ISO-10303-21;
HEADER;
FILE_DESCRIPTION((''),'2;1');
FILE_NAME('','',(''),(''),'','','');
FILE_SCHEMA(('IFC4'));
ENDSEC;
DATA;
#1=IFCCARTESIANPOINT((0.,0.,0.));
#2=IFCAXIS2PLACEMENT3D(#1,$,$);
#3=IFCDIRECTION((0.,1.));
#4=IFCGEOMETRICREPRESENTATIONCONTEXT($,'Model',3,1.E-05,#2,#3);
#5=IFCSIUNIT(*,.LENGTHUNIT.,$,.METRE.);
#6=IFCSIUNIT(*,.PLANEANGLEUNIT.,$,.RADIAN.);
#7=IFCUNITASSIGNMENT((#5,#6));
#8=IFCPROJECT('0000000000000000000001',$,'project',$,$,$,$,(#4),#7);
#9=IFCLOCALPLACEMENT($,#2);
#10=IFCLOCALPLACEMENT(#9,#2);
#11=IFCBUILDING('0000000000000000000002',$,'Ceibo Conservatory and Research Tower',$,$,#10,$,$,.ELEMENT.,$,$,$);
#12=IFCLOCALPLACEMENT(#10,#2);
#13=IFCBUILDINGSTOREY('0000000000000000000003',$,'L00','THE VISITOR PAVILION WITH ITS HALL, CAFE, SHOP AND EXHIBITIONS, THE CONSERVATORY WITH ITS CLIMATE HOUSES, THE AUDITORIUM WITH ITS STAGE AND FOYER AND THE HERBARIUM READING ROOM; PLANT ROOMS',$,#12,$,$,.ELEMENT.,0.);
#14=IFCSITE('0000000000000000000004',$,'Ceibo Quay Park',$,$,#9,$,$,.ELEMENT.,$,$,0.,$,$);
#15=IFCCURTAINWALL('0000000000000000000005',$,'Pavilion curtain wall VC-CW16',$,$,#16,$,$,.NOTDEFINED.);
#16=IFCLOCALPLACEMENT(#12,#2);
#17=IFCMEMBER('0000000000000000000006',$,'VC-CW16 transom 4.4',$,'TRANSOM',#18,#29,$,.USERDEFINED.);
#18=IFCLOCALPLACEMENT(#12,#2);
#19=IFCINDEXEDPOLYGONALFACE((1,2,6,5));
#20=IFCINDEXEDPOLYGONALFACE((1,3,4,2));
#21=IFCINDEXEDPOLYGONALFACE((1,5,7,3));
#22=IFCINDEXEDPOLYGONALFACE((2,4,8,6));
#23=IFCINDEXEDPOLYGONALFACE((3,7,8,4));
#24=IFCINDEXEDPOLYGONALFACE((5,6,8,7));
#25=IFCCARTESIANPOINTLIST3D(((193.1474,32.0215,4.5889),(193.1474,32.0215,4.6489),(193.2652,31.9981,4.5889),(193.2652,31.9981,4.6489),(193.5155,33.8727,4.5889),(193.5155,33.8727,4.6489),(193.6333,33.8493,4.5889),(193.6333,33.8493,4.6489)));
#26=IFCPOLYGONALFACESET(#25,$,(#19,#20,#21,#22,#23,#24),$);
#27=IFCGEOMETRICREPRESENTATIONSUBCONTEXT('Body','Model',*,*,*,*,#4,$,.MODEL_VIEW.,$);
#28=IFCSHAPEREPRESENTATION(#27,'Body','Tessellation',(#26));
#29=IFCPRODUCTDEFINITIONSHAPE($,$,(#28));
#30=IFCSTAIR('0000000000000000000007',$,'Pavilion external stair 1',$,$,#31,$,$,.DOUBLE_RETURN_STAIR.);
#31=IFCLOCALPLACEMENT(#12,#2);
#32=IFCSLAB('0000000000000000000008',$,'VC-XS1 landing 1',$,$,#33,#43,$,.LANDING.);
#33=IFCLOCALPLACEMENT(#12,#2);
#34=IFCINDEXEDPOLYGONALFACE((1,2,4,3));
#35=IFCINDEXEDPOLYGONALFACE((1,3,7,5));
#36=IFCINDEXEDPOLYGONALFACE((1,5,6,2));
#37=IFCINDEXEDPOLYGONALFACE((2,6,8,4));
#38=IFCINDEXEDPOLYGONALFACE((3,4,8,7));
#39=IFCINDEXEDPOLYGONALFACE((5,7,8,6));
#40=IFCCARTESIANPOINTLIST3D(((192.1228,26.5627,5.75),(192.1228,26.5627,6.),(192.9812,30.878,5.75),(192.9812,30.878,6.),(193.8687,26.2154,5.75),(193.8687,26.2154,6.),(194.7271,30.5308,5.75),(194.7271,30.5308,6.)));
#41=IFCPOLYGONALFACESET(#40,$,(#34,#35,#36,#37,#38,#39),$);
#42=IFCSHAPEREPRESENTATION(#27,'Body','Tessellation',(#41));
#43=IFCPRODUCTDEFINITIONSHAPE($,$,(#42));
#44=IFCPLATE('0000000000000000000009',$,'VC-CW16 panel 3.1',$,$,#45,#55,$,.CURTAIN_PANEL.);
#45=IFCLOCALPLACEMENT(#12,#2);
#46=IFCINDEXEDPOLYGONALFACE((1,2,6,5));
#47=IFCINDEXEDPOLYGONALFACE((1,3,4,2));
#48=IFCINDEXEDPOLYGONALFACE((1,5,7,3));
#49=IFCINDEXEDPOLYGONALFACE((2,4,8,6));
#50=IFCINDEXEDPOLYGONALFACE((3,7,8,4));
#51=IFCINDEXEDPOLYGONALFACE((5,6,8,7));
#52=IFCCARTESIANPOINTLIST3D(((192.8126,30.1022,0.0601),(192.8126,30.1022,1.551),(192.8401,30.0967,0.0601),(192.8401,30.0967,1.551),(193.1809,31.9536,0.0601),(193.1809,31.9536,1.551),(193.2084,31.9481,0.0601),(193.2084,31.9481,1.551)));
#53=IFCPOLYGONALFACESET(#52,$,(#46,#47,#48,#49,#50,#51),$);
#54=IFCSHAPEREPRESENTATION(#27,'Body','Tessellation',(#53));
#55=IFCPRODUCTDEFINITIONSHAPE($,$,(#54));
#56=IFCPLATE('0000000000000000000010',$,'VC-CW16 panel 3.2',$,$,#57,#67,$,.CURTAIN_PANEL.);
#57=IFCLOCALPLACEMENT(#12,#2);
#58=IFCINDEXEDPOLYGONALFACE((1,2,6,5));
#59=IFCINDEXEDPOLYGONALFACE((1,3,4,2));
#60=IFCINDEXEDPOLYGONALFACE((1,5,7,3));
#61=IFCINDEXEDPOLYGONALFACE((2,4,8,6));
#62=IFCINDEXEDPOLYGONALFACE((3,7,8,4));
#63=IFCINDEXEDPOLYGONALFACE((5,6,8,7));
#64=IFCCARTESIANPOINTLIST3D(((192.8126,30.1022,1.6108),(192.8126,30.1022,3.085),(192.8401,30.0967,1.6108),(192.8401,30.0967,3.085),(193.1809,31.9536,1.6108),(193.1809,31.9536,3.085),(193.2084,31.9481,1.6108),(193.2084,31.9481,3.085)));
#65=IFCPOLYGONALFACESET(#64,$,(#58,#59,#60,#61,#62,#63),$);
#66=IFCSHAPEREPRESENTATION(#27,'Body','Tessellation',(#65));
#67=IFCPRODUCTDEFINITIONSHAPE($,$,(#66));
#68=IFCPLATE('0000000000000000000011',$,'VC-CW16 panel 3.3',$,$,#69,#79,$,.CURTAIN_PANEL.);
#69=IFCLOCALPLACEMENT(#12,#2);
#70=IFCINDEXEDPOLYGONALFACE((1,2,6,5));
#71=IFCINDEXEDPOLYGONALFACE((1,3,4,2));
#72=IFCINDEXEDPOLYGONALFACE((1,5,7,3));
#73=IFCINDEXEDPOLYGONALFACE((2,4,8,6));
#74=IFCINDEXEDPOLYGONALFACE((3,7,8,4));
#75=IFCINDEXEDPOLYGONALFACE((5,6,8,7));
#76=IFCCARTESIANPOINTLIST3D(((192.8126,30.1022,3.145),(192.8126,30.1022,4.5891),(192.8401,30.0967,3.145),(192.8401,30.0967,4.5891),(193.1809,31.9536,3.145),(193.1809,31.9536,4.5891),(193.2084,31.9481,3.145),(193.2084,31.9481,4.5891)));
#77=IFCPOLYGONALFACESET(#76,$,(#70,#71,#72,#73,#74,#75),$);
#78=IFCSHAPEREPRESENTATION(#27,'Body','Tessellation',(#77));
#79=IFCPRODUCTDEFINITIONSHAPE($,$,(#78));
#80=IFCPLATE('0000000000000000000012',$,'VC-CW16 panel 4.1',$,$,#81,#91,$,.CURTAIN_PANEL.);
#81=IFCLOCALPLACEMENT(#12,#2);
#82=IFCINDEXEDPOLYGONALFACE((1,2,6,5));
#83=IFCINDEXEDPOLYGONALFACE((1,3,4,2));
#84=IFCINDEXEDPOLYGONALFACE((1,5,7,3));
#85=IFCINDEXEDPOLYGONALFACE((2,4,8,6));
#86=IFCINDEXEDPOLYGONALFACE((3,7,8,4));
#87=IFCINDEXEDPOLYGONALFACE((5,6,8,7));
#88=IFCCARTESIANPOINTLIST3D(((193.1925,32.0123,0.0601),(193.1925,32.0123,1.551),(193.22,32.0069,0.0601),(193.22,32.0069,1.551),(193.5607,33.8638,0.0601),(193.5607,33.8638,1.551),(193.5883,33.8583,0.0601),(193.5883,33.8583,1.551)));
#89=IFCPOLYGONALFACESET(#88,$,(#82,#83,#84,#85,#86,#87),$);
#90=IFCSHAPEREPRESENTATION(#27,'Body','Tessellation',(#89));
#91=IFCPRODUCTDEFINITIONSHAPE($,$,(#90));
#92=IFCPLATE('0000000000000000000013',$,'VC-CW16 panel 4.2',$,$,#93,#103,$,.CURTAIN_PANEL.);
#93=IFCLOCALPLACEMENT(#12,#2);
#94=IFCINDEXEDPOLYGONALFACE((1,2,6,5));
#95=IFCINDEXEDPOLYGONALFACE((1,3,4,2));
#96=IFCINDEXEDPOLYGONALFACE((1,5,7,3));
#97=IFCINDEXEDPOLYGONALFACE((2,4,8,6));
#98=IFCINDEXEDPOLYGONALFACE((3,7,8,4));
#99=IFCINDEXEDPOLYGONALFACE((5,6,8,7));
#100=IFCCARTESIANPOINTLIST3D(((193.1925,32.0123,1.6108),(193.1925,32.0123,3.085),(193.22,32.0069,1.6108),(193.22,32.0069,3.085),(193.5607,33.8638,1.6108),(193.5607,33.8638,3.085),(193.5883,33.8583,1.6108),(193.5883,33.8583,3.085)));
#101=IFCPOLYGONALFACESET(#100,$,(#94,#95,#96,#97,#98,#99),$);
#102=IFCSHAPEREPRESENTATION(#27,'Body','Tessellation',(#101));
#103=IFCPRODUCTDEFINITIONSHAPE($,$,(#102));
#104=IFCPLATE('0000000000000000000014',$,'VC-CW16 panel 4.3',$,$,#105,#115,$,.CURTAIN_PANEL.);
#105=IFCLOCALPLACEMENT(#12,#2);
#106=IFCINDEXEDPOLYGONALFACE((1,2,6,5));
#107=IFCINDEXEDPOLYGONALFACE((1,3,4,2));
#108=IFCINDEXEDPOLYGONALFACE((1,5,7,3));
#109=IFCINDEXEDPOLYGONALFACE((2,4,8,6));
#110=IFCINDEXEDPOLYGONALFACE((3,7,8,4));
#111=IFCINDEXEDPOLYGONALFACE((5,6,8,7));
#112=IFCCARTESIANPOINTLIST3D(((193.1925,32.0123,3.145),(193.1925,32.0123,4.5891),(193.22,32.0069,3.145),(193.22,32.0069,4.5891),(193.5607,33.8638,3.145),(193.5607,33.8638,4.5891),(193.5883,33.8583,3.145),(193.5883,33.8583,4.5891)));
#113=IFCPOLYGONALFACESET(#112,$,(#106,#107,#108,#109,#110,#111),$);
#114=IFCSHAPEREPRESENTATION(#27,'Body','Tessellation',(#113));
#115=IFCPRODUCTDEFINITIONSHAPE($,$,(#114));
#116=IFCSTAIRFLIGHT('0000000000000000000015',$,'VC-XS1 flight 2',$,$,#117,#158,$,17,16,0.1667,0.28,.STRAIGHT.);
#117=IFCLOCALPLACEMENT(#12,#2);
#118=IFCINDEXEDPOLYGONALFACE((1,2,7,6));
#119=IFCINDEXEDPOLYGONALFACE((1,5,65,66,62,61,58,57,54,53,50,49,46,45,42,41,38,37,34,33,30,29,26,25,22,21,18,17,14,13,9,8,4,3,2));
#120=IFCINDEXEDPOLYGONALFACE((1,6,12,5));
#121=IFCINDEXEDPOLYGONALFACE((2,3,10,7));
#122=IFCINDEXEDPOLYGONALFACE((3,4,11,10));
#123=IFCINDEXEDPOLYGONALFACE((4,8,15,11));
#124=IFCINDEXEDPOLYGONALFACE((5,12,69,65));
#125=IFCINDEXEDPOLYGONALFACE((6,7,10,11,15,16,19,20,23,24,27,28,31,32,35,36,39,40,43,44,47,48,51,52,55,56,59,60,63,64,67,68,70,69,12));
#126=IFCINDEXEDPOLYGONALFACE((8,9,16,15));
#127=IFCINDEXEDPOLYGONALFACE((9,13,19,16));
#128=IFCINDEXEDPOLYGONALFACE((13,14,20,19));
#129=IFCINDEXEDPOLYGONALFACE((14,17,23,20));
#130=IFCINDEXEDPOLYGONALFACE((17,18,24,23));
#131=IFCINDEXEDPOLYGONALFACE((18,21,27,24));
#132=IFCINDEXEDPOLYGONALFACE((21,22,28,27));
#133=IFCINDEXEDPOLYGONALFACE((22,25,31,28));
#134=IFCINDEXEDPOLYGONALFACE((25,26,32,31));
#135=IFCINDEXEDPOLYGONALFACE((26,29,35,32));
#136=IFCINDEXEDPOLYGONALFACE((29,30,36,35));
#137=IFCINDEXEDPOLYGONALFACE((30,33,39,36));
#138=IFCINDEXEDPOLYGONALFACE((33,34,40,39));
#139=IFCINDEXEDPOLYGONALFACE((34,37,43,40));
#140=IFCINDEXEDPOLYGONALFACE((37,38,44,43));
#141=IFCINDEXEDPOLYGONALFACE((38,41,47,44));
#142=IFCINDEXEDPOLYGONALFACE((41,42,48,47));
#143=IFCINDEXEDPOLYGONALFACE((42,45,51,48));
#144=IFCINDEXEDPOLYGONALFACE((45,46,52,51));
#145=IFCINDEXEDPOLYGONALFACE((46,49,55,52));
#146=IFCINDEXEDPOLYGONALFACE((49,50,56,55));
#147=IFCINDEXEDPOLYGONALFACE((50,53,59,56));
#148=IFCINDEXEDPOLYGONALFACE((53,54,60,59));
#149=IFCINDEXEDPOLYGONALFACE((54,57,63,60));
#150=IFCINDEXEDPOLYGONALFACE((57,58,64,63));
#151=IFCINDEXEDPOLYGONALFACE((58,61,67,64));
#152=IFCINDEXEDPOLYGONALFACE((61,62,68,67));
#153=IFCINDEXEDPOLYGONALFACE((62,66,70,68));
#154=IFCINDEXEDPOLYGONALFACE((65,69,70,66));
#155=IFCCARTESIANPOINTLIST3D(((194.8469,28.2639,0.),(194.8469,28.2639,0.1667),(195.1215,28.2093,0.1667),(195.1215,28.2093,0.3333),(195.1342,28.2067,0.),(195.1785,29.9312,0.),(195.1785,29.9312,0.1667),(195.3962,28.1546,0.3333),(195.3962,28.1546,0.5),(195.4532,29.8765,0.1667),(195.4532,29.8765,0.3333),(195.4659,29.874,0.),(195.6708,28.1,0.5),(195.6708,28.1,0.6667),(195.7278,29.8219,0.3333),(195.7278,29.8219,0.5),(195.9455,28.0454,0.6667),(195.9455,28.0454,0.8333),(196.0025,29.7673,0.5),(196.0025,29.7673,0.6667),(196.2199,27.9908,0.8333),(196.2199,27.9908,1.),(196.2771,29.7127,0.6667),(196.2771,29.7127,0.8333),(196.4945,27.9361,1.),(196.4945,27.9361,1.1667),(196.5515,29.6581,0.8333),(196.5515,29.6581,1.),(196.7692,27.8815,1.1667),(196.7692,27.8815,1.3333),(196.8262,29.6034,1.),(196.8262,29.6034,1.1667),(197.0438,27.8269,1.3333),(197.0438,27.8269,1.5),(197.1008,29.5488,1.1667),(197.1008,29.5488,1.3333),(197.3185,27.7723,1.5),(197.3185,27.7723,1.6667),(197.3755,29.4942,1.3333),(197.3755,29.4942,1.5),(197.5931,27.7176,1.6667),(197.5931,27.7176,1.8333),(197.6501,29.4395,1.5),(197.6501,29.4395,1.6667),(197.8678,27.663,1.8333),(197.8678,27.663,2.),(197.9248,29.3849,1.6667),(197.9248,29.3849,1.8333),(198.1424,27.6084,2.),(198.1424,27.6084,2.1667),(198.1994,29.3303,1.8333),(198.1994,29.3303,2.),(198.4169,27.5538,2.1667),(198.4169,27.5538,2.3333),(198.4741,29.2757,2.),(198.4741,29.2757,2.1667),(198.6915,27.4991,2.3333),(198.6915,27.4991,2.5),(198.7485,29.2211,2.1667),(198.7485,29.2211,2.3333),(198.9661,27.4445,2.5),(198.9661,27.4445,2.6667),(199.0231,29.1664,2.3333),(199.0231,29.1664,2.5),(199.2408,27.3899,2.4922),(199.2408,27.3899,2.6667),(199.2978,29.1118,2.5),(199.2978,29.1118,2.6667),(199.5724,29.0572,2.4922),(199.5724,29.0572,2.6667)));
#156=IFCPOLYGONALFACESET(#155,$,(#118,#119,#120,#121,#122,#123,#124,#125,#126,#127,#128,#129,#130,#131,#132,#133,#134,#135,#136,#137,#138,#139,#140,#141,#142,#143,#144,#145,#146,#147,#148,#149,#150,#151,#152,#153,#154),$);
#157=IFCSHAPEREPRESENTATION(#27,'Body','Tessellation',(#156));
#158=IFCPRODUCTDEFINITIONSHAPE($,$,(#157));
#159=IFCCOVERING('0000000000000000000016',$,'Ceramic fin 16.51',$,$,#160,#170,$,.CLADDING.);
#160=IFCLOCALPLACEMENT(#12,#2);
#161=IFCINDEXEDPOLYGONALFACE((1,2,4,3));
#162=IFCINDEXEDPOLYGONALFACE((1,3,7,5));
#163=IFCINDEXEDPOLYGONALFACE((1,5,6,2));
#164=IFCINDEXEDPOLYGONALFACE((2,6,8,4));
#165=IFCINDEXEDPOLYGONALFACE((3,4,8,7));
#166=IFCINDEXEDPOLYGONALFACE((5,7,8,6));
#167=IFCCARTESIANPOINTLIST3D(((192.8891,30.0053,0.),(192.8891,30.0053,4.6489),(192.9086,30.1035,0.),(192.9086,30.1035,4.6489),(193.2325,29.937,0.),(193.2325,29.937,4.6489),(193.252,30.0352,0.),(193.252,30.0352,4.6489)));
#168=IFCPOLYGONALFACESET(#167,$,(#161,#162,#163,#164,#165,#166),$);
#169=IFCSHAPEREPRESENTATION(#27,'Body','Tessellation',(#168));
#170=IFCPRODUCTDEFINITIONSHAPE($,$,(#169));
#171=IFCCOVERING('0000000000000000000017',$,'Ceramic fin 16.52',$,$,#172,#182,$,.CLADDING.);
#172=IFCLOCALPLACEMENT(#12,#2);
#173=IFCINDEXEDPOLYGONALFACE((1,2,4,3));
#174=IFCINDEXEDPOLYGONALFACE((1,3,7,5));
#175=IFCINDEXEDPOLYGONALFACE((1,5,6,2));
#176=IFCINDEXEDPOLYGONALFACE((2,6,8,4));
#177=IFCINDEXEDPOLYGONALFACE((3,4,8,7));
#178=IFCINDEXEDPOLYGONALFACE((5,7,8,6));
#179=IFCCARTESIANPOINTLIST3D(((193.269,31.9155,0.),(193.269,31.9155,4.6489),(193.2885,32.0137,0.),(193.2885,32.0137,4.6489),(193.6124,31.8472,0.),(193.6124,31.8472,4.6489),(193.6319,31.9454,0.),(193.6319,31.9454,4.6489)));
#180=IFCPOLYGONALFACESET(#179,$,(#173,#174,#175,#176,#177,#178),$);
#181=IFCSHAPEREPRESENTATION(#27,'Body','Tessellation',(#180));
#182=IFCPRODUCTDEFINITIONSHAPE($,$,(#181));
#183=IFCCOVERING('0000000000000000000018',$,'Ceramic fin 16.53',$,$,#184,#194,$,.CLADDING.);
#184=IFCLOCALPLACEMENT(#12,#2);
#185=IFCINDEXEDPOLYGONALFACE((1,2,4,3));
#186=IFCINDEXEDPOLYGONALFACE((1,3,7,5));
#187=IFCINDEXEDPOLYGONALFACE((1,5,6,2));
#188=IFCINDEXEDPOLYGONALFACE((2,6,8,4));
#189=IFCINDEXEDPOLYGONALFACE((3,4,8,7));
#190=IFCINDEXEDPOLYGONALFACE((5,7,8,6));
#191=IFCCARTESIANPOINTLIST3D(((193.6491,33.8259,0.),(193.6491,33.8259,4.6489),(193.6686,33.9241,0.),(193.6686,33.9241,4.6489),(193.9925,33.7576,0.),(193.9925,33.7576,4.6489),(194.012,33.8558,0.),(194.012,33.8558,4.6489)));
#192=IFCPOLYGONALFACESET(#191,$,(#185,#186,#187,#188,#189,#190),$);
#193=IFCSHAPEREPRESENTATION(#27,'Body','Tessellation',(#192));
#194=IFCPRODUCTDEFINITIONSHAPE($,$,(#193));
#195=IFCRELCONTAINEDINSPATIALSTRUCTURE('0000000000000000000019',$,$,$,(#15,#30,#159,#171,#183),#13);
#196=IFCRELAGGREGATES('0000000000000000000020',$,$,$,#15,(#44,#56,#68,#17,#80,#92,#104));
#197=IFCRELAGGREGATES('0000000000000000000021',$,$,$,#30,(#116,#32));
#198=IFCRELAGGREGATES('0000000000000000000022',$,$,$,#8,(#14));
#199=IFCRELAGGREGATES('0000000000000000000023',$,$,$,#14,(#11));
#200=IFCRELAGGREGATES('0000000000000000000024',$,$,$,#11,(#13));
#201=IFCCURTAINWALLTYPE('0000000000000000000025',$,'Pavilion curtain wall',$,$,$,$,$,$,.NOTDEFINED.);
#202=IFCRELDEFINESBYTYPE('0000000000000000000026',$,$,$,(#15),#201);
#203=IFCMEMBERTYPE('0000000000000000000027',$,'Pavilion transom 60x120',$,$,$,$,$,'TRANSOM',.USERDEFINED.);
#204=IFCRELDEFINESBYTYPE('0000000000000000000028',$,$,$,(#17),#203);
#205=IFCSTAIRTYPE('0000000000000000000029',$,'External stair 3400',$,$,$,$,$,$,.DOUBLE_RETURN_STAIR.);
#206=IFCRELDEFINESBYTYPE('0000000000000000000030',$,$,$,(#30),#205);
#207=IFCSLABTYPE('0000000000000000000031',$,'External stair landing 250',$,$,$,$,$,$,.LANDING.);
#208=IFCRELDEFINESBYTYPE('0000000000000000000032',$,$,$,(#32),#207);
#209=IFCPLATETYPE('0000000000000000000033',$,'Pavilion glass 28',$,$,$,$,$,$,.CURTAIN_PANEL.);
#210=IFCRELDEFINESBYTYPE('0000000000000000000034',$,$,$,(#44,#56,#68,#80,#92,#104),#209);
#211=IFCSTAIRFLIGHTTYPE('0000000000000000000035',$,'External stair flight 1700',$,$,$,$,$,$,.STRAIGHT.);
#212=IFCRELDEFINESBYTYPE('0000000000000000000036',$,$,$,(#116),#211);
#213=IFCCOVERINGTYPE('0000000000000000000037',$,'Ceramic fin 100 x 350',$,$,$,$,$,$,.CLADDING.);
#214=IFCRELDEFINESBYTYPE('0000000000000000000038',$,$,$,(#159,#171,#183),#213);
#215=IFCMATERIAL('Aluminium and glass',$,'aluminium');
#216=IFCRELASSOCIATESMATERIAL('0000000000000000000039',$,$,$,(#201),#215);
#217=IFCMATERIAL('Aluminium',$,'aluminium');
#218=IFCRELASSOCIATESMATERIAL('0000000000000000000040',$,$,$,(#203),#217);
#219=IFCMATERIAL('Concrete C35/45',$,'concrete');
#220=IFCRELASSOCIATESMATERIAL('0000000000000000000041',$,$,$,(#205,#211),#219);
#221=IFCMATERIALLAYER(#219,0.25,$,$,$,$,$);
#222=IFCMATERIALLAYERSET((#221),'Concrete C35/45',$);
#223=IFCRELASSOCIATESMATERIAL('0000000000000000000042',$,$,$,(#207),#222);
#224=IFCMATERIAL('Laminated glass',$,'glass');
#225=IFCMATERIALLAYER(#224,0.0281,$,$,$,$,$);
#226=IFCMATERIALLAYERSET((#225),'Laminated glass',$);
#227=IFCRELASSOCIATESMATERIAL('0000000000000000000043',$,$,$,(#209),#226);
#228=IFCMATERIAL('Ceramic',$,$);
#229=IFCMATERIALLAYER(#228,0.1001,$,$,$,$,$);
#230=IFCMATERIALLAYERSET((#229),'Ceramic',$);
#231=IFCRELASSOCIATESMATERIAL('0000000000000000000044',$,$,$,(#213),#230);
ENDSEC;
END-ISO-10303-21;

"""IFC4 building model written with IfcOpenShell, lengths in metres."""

from ifc_helpers import new_model, si_unit, direction, frame, origin, origin_2d, place, context, subcontext, project, spatial, polyline, rectangle, outline, extrude, material, layer, layer_set, material_profile, profile_set, type_object, element, aggregate, save


model = new_model("IFC4")

# Units and contexts
model_context = context("Model", 3, precision=1e-05, world=origin(), true_north=direction((0.0, 1.0)))
body_context = subcontext(model_context, "Body", "Model", "MODEL_VIEW")
ifc_project = project(units=[si_unit("LENGTHUNIT", "METRE"), si_unit("PLANEANGLEUNIT", "RADIAN")], contexts=[model_context])

# Site, building, storey
site_placement = place(None, origin())
site = spatial("IfcSite", under=ifc_project, at=site_placement, Name="Ceibo Quay Park", CompositionType="ELEMENT", RefElevation=0.0)
building_placement = place(site_placement, origin())
building = spatial("IfcBuilding", under=site, at=building_placement, Name="Ceibo Conservatory and Research Tower", CompositionType="ELEMENT")
storey_placement = place(building_placement, origin())
storey = spatial("IfcBuildingStorey", under=building, at=storey_placement, Name="L00", Description="THE VISITOR PAVILION WITH ITS HALL, CAFE, SHOP AND EXHIBITIONS, THE CONSERVATORY WITH ITS CLIMATE HOUSES, THE AUDITORIUM WITH ITS STAGE AND FOYER AND THE HERBARIUM READING ROOM; PLANT ROOMS", CompositionType="ELEMENT", Elevation=0.0)

# Shared definitions
ifc_material_1 = material(Name="Concrete C35/45", Category="concrete")

# Curtain wall, member
ifc_material_2 = material(Name="Aluminium and glass", Category="aluminium")
curtain_wall_type = type_object("IfcCurtainWallType", Name="Pavilion curtain wall", PredefinedType="NOTDEFINED", material=ifc_material_2)
curtain_wall_placement = place(storey_placement, origin())
curtain_wall = element("IfcCurtainWall", 1, at=curtain_wall_placement, inside=storey, type_object=curtain_wall_type, Name="Pavilion curtain wall VC-CW16", PredefinedType="NOTDEFINED")
ifc_material_3 = material(Name="Aluminium", Category="aluminium")
ifc_material_profile_1 = material_profile(ifc_material_3, rectangle(XDim=0.1201, YDim=0.0601, at=origin_2d()), Name="AL 60x120")
ifc_profile_set_1 = profile_set([ifc_material_profile_1], Name="Aluminium")
member_type_1 = type_object("IfcMemberType", Name="Pavilion transom 60x120", ElementType="TRANSOM", PredefinedType="USERDEFINED", material=ifc_profile_set_1)
member_1_placement = place(storey_placement, frame((193.2063, 32.0098, 4.6189), z_axis=(0.195046, 0.980794, 0.0), x_axis=(-0.980794, 0.195046, 0.0)))
member_1 = element("IfcMember", 2, at=member_1_placement, type_object=member_type_1, Name="VC-CW16 transom 4.4", ObjectType="TRANSOM", PredefinedType="USERDEFINED", context=body_context, shape_type="SweptSolid", body=[
    extrude(rectangle(XDim=0.1201, YDim=0.0601, at=origin_2d()), origin(), (0.0, 0.0, 1.0), 1.8875),
])

# Stair, slab
stair_type = type_object("IfcStairType", Name="External stair 3400", PredefinedType="DOUBLE_RETURN_STAIR", material=ifc_material_1)
stair_placement = place(storey_placement, origin())
stair = element("IfcStair", 3, at=stair_placement, inside=storey, type_object=stair_type, Name="Pavilion external stair 1", PredefinedType="DOUBLE_RETURN_STAIR")
ifc_layer_1 = layer(ifc_material_1, 0.25)
ifc_layer_set_1 = layer_set([ifc_layer_1], Name="Concrete C35/45")
slab_type = type_object("IfcSlabType", Name="External stair landing 250", PredefinedType="LANDING", material=ifc_layer_set_1)
slab_placement = place(storey_placement, frame((194.7271, 30.5308, 5.75), z_axis=(0.0, 0.0, 1.0), x_axis=(-0.980785, 0.19509, 0.0)))
slab = element("IfcSlab", 4, at=slab_placement, type_object=slab_type, Name="VC-XS1 landing 1", PredefinedType="LANDING", context=body_context, shape_type="SweptSolid", body=[
    extrude(outline(polyline([(0.0, 0.0), (1.78, 0.0), (1.78, 4.3999), (0.0, 4.3999), (0.0, 0.0)])), origin(), (0.0, 0.0, 1.0), 0.25),
])

# Plates
ifc_material_4 = material(Name="Laminated glass", Category="glass")
ifc_layer_2 = layer(ifc_material_4, 0.0281)
ifc_layer_set_2 = layer_set([ifc_layer_2], Name="Laminated glass")
plate_type = type_object("IfcPlateType", Name="Pavilion glass 28", PredefinedType="CURTAIN_PANEL", material=ifc_layer_set_2)
plate_1_placement = place(storey_placement, frame((193.0105, 31.0251, 0.0601), z_axis=(0.0, 0.0, 1.0), x_axis=(0.19509, 0.980785, 0.0)))
plate_1 = element("IfcPlate", 5, at=plate_1_placement, type_object=plate_type, Name="VC-CW16 panel 3.1", PredefinedType="CURTAIN_PANEL", context=body_context, shape_type="SweptSolid", body=[
    extrude(rectangle(XDim=1.8877, YDim=0.0281, at=origin_2d()), origin(), (0.0, 0.0, 1.0), 1.491),
])
plate_2_placement = place(storey_placement, frame((193.0105, 31.0251, 1.6108), z_axis=(0.0, 0.0, 1.0), x_axis=(0.19509, 0.980785, 0.0)))
plate_2 = element("IfcPlate", 6, at=plate_2_placement, type_object=plate_type, Name="VC-CW16 panel 3.2", PredefinedType="CURTAIN_PANEL", context=body_context, shape_type="SweptSolid", body=[
    extrude(rectangle(XDim=1.8877, YDim=0.0281, at=origin_2d()), origin(), (0.0, 0.0, 1.0), 1.4741),
])
plate_3_placement = place(storey_placement, frame((193.0105, 31.0251, 3.145), z_axis=(0.0, 0.0, 1.0), x_axis=(0.19509, 0.980785, 0.0)))
plate_3 = element("IfcPlate", 7, at=plate_3_placement, type_object=plate_type, Name="VC-CW16 panel 3.3", PredefinedType="CURTAIN_PANEL", context=body_context, shape_type="SweptSolid", body=[
    extrude(rectangle(XDim=1.8877, YDim=0.0281, at=origin_2d()), origin(), (0.0, 0.0, 1.0), 1.4441),
])
plate_4_placement = place(storey_placement, frame((193.3904, 32.9353, 0.0601), z_axis=(0.0, 0.0, 1.0), x_axis=(0.19509, 0.980785, 0.0)))
plate_4 = element("IfcPlate", 8, at=plate_4_placement, type_object=plate_type, Name="VC-CW16 panel 4.1", PredefinedType="CURTAIN_PANEL", context=body_context, shape_type="SweptSolid", body=[
    extrude(rectangle(XDim=1.8877, YDim=0.0281, at=origin_2d()), origin(), (0.0, 0.0, 1.0), 1.491),
])
plate_5_placement = place(storey_placement, frame((193.3904, 32.9353, 1.6108), z_axis=(0.0, 0.0, 1.0), x_axis=(0.19509, 0.980785, 0.0)))
plate_5 = element("IfcPlate", 9, at=plate_5_placement, type_object=plate_type, Name="VC-CW16 panel 4.2", PredefinedType="CURTAIN_PANEL", context=body_context, shape_type="SweptSolid", body=[
    extrude(rectangle(XDim=1.8877, YDim=0.0281, at=origin_2d()), origin(), (0.0, 0.0, 1.0), 1.4741),
])
plate_6_placement = place(storey_placement, frame((193.3904, 32.9353, 3.145), z_axis=(0.0, 0.0, 1.0), x_axis=(0.19509, 0.980785, 0.0)))
plate_6 = element("IfcPlate", 10, at=plate_6_placement, type_object=plate_type, Name="VC-CW16 panel 4.3", PredefinedType="CURTAIN_PANEL", context=body_context, shape_type="SweptSolid", body=[
    extrude(rectangle(XDim=1.8877, YDim=0.0281, at=origin_2d()), origin(), (0.0, 0.0, 1.0), 1.4441),
])
aggregate(curtain_wall, [plate_1, plate_2, plate_3, member_1, plate_4, plate_5, plate_6])

# Stair flight
stair_flight_type = type_object("IfcStairFlightType", Name="External stair flight 1700", PredefinedType="STRAIGHT", material=ifc_material_1)
stair_flight_placement = place(storey_placement, frame((195.0127, 29.0974, 0.0), z_axis=(0.0, 0.0, 1.0), x_axis=(0.980785, -0.19509, 0.0)))
stair_flight = element("IfcStairFlight", 11, at=stair_flight_placement, type_object=stair_flight_type, Name="VC-XS1 flight 2", NumberOfRisers=17, NumberOfTreads=16, PredefinedType="STRAIGHT", RiserHeight=0.1667, TreadLength=0.28, context=body_context, shape_type="SweptSolid", body=[
    extrude(outline(polyline([(0.0, 0.0), (0.0, 0.1667), (0.28, 0.1667), (0.28, 0.3333), (0.5601, 0.3333), (0.5601, 0.5), (0.8401, 0.5), (0.8401, 0.6667), (1.1201, 0.6667), (1.1201, 0.8333), (1.3999, 0.8333), (1.3999, 1.0), (1.6799, 1.0), (1.6799, 1.1667), (1.96, 1.1667), (1.96, 1.3333), (2.24, 1.3333), (2.24, 1.5), (2.52, 1.5), (2.52, 1.6667), (2.8, 1.6667), (2.8, 1.8333), (3.0801, 1.8333), (3.0801, 2.0), (3.3601, 2.0), (3.3601, 2.1667), (3.6399, 2.1667), (3.6399, 2.3333), (3.9199, 2.3333), (3.9199, 2.5), (4.2, 2.5), (4.2, 2.6667), (4.48, 2.6667), (4.48, 2.8333), (4.48, 2.4922), (0.293, 0.0), (0.0, 0.0)])), frame((0.0, 0.8501, 0.0), z_axis=(0.0, -1.0, 0.0), x_axis=(1.0, 0.0, 0.0)), (0.0, 0.0, 1.0), 1.7),
])
aggregate(stair, [stair_flight, slab])

# Coverings
ifc_material_5 = material(Name="Ceramic")
ifc_layer_3 = layer(ifc_material_5, 0.1001)
ifc_layer_set_3 = layer_set([ifc_layer_3], Name="Ceramic")
covering_type = type_object("IfcCoveringType", Name="Ceramic fin 100 x 350", PredefinedType="CLADDING", material=ifc_layer_set_3)
for number, where, z_axis, x_axis, name in (
    (12, (193.0706, 30.0203, 0.0), (0.0, 0.0, 1.0), (-0.19509, -0.980785, 0.0), "Ceramic fin 16.51"),
    (13, (193.4504, 31.9304, 0.0), (0.0, 0.0, 1.0), (-0.19509, -0.980785, 0.0), "Ceramic fin 16.52"),
    (14, (193.8306, 33.8408, 0.0), (0.0, 0.0, 1.0), (-0.19509, -0.980785, 0.0), "Ceramic fin 16.53"),
):
    element("IfcCovering", number, at=place(storey_placement, frame(where, z_axis=z_axis, x_axis=x_axis)), inside=storey, type_object=covering_type, Name=name, PredefinedType="CLADDING", context=body_context, shape_type="SweptSolid", body=[
        extrude(rectangle(XDim=0.1001, YDim=0.3501, at=origin_2d()), origin(), (0.0, 0.0, 1.0), 4.6489),
    ])

save(model, "model.ifc")
